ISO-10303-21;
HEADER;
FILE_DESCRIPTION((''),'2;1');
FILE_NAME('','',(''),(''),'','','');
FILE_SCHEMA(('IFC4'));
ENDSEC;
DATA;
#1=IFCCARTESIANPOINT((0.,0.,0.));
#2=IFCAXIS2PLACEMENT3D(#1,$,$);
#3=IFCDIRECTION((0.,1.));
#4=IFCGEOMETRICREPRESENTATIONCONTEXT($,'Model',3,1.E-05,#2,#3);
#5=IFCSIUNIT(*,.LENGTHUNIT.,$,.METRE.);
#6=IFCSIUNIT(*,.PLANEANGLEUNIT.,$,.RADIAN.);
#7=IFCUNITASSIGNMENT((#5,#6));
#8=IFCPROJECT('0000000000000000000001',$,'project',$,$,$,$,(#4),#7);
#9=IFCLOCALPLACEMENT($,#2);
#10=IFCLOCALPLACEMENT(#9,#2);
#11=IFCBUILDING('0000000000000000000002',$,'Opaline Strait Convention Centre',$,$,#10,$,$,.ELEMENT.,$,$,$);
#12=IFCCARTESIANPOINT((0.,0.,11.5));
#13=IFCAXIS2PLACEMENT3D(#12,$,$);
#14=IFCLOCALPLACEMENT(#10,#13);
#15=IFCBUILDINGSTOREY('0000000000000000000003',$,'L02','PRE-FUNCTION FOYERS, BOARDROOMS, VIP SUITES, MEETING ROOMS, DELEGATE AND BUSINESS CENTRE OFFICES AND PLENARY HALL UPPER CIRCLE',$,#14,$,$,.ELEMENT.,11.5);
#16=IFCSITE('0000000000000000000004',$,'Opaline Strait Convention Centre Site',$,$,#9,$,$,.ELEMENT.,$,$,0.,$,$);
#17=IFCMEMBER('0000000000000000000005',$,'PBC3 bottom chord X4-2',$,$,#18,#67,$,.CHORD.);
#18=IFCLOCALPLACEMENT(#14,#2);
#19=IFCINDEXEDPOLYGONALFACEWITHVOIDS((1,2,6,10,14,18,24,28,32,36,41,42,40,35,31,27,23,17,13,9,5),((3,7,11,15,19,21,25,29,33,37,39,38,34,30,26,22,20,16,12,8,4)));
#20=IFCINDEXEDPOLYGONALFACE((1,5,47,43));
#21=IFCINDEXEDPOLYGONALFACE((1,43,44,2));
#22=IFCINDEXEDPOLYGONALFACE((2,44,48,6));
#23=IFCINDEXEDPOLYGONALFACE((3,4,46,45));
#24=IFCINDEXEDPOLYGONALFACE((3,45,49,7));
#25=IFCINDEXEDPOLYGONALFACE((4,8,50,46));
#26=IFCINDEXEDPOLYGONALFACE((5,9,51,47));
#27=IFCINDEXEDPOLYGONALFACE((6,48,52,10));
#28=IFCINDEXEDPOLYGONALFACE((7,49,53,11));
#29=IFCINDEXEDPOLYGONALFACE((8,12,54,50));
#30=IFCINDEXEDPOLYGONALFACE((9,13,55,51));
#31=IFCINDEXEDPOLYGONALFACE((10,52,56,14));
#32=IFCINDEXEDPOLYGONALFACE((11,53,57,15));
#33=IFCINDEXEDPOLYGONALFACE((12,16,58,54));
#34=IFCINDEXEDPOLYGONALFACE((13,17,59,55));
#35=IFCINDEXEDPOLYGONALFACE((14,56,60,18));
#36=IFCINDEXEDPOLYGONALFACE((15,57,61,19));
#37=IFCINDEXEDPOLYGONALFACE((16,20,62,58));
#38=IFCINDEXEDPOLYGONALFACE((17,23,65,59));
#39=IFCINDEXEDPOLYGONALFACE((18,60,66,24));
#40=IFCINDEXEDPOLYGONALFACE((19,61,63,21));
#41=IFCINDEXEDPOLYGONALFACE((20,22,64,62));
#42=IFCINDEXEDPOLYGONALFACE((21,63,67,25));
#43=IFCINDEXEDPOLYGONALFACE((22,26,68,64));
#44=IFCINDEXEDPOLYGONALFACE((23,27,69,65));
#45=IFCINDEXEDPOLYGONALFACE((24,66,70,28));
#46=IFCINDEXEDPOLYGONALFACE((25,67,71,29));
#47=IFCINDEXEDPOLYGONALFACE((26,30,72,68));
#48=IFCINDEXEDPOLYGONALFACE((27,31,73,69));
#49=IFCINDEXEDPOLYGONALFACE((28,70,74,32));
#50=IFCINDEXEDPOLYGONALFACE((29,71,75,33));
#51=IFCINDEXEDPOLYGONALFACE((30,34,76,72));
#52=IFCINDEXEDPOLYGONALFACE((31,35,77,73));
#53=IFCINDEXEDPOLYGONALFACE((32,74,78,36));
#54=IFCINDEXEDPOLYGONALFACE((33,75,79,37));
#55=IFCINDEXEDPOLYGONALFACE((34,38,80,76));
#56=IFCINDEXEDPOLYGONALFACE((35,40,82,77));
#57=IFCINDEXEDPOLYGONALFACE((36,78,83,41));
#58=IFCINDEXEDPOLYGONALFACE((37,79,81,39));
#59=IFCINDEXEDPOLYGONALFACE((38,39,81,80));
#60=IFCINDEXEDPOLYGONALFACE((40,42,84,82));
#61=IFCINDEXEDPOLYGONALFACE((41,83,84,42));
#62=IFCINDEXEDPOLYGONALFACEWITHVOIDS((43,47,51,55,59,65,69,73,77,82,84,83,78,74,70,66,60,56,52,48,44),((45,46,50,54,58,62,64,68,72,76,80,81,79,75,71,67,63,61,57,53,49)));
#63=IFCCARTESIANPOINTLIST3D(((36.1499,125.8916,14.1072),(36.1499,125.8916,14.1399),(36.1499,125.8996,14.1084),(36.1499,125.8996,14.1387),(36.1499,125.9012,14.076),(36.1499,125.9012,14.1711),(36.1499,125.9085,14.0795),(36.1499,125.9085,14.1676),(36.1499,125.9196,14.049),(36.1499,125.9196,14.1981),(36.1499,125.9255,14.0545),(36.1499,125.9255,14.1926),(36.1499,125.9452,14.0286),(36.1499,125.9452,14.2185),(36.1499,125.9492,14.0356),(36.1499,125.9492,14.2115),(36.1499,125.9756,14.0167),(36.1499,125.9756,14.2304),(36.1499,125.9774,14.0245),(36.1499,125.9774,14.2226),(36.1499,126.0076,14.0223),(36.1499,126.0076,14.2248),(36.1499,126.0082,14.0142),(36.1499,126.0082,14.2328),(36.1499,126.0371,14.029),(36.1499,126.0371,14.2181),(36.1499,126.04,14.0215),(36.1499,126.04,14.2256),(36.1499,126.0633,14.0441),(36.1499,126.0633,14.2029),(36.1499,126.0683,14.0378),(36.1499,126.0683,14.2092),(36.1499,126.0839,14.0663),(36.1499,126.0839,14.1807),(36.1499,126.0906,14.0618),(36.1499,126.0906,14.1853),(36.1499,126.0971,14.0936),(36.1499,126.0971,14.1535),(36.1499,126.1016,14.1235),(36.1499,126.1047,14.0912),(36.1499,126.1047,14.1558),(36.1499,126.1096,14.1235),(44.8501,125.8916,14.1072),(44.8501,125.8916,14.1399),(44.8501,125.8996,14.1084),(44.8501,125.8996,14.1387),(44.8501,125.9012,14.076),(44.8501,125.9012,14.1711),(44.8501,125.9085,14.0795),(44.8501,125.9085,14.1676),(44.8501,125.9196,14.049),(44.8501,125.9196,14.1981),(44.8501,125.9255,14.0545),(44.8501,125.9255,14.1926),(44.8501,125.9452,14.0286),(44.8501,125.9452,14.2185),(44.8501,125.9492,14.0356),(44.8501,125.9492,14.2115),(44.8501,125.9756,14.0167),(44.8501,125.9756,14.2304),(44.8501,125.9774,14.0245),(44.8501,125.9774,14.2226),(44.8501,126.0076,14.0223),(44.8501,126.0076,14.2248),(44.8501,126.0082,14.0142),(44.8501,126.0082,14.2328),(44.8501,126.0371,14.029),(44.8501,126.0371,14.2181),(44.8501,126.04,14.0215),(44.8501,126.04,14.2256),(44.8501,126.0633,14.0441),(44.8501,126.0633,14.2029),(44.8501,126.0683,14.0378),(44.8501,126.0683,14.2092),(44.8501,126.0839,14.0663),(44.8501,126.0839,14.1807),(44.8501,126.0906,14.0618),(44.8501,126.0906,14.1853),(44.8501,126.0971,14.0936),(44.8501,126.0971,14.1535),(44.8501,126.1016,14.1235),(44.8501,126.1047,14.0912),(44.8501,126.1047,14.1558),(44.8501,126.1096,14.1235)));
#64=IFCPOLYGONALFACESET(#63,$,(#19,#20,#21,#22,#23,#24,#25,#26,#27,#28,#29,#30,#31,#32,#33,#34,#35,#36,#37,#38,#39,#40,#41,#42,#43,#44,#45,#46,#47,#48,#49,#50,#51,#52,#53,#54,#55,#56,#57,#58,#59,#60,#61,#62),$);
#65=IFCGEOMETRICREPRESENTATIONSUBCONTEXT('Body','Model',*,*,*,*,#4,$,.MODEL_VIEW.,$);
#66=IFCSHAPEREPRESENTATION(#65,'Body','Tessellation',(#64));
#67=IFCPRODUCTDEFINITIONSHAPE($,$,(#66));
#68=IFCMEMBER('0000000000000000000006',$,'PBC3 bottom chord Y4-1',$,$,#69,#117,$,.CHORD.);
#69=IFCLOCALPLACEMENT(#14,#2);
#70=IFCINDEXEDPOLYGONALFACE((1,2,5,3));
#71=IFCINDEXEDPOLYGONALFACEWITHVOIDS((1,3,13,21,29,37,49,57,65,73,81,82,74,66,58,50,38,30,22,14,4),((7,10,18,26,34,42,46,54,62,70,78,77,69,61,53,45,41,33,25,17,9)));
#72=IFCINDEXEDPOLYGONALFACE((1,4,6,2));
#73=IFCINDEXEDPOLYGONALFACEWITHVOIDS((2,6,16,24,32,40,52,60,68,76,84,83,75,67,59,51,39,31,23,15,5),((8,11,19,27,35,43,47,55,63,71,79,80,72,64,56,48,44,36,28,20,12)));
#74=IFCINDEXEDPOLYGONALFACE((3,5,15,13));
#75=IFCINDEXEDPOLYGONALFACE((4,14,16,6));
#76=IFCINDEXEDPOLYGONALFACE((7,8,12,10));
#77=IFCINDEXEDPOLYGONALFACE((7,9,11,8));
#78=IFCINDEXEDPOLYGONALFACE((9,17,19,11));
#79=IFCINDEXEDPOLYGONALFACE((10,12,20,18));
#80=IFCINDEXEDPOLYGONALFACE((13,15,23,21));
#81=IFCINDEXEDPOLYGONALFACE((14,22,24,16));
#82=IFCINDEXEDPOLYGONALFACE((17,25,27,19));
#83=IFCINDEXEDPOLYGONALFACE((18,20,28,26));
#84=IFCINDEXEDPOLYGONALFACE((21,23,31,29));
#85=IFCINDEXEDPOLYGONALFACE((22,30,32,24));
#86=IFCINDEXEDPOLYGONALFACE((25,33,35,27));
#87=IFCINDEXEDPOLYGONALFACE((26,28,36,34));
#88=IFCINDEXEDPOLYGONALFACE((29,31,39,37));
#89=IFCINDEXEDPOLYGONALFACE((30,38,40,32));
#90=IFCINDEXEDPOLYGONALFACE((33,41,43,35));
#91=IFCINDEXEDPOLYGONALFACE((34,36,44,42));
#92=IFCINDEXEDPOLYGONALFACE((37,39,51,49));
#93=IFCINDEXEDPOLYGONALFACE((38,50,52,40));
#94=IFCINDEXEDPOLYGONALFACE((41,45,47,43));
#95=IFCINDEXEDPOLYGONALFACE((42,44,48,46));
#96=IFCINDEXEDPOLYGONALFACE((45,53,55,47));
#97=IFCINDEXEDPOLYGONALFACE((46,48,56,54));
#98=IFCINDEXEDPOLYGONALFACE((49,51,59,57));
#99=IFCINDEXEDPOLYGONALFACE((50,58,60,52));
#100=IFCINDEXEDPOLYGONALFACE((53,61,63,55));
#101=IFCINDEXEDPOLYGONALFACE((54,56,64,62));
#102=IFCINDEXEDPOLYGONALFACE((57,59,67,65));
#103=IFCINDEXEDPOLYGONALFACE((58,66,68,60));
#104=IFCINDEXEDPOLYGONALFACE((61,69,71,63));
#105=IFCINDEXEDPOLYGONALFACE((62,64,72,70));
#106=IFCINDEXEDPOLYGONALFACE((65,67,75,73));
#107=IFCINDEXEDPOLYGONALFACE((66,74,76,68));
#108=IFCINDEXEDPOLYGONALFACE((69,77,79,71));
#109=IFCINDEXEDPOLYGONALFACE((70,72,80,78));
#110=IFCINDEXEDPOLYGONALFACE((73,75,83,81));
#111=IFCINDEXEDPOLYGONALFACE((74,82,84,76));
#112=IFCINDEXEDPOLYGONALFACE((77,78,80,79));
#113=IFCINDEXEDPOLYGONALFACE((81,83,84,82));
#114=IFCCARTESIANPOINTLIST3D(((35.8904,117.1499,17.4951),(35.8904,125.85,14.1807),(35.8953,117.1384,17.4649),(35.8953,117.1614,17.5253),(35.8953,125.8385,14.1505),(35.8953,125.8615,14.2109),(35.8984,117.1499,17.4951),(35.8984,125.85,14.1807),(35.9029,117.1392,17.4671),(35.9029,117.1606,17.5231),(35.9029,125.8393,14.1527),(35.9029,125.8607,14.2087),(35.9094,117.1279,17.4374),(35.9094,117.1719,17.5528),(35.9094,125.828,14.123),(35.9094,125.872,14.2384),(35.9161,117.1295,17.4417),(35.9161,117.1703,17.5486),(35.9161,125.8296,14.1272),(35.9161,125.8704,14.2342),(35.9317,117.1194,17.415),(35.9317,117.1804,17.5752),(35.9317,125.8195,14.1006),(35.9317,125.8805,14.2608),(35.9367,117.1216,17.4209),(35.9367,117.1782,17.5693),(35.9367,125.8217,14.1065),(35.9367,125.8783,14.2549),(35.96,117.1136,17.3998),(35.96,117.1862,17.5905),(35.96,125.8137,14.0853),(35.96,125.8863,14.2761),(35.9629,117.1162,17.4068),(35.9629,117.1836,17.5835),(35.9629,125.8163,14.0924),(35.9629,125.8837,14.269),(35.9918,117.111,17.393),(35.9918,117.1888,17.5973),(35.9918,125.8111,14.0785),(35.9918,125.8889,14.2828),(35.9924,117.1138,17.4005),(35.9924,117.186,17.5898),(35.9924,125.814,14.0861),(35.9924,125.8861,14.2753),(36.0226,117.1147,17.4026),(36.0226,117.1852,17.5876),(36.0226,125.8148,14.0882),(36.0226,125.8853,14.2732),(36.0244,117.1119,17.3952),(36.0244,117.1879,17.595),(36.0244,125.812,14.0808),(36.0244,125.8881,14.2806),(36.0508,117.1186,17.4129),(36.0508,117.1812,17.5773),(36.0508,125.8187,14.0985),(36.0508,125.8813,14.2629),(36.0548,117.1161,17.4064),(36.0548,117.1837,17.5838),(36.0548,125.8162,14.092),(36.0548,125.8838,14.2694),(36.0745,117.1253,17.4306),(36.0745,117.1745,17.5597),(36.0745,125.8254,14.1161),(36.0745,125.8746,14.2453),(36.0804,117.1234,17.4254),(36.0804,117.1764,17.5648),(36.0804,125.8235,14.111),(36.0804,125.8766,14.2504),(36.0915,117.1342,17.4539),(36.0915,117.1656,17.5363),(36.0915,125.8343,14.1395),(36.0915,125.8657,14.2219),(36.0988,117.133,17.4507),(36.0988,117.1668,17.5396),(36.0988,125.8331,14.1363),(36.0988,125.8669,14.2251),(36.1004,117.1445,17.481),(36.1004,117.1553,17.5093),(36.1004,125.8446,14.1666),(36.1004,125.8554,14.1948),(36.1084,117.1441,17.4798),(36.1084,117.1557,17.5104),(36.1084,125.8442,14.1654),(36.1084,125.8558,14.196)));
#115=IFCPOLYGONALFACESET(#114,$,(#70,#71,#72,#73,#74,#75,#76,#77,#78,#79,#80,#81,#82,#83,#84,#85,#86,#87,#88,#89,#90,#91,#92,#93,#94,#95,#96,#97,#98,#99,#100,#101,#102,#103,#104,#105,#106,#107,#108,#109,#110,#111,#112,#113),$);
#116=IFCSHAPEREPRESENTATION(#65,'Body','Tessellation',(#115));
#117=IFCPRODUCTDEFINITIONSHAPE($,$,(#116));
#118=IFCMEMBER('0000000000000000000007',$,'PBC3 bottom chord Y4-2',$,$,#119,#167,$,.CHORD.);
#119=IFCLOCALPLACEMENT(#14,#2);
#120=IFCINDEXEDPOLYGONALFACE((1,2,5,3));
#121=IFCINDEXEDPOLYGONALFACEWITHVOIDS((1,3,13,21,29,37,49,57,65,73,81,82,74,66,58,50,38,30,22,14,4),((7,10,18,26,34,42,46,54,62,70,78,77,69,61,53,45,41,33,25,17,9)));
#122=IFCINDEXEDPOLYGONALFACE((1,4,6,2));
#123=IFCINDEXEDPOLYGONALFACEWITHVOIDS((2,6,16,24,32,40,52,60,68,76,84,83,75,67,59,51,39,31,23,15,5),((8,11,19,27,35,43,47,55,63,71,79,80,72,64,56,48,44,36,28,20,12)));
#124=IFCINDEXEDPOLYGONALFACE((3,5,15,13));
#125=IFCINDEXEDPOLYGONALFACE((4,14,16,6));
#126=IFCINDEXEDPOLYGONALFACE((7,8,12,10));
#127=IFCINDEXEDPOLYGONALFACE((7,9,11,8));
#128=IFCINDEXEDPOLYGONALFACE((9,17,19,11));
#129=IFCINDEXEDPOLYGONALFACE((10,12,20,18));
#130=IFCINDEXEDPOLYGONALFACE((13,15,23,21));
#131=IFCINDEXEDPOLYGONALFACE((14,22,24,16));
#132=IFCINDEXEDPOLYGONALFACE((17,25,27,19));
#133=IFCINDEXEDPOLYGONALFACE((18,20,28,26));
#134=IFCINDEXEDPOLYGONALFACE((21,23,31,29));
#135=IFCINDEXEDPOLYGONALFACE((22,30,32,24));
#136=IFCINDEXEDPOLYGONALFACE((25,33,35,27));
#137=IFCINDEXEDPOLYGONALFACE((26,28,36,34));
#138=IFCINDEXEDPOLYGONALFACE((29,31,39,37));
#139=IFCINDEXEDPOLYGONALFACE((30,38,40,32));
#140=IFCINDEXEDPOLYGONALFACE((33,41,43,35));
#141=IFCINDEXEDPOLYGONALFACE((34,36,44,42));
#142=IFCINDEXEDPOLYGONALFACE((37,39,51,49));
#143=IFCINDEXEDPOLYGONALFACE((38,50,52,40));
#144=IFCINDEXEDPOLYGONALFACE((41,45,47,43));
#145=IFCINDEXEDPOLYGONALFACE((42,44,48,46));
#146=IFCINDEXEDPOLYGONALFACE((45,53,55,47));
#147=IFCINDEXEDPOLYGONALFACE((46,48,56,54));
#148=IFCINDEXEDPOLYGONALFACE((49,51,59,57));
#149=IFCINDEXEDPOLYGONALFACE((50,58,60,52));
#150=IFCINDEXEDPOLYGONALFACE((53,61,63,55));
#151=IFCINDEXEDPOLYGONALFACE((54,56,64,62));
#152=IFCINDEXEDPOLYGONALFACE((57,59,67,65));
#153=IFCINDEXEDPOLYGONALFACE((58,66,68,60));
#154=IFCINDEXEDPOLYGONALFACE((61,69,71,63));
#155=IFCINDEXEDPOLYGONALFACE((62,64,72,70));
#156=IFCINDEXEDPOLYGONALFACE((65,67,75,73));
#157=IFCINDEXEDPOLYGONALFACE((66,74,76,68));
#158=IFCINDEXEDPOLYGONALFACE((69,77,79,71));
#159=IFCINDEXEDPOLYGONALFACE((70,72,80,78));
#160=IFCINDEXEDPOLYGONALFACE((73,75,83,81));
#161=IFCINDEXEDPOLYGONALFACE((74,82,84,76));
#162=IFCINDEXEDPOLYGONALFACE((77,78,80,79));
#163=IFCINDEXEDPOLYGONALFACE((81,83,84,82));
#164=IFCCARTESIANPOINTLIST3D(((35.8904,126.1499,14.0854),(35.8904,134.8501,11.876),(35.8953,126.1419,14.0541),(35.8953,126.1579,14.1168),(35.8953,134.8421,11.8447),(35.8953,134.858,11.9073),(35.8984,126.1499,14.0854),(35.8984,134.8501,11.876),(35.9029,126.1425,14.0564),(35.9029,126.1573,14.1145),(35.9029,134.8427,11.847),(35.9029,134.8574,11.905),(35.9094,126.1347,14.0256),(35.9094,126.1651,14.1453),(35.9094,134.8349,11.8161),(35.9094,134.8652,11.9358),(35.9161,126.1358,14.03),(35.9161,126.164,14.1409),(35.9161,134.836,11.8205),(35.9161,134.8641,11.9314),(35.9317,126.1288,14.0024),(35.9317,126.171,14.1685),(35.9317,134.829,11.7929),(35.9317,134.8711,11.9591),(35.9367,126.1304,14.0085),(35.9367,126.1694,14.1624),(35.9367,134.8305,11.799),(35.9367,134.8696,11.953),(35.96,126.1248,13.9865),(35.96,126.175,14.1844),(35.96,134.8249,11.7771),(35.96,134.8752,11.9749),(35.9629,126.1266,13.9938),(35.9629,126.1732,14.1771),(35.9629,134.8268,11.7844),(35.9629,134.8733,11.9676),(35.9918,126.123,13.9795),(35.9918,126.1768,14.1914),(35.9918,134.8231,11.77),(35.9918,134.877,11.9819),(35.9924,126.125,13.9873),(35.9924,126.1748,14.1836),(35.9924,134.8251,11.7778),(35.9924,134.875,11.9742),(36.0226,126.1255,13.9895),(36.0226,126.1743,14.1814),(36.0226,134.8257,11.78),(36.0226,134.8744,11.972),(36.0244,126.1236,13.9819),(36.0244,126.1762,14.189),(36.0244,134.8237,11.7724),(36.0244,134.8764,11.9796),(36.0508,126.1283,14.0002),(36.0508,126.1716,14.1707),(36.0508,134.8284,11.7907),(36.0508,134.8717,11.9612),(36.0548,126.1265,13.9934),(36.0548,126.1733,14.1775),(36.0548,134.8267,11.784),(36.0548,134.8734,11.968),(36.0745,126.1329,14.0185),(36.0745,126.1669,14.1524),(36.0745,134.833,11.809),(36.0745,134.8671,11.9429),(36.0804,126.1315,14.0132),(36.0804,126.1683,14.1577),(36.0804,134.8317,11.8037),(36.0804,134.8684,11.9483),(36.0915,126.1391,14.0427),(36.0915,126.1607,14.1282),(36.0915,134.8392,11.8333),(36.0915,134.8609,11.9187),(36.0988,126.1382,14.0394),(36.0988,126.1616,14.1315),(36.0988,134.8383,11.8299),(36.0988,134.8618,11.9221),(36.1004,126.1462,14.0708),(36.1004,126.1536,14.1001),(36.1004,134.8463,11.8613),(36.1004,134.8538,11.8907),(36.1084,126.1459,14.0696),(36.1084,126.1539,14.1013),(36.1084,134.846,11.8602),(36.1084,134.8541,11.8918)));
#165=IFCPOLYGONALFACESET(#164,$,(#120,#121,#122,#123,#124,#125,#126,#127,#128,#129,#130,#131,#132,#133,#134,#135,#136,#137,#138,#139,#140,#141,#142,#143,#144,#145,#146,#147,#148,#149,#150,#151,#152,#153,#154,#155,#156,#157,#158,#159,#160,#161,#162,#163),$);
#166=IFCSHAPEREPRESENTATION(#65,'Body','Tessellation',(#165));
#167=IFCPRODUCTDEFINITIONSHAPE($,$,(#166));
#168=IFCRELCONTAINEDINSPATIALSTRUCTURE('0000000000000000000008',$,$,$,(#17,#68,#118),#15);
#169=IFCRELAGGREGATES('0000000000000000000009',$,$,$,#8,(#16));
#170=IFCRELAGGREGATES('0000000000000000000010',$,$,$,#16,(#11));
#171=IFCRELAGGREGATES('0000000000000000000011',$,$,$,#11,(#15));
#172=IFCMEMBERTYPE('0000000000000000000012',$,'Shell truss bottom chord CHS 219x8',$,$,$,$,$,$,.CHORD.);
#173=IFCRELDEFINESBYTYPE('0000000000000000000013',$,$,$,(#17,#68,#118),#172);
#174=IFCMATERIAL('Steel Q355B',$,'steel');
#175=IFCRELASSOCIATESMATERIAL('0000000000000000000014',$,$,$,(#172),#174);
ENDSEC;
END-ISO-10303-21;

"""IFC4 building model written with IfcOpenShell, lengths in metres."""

from ifc_helpers import new_model, si_unit, direction, frame, origin, origin_2d, place, context, subcontext, project, spatial, hollow_circle, extrude, material, material_profile, profile_set, type_object, element, save


model = new_model("IFC4")

# Units and contexts
model_context = context("Model", 3, precision=1e-05, world=origin(), true_north=direction((0.0, 1.0)))
body_context = subcontext(model_context, "Body", "Model", "MODEL_VIEW")
ifc_project = project(units=[si_unit("LENGTHUNIT", "METRE"), si_unit("PLANEANGLEUNIT", "RADIAN")], contexts=[model_context])

# Site, building, storey
site_placement = place(None, origin())
site = spatial("IfcSite", under=ifc_project, at=site_placement, Name="Opaline Strait Convention Centre Site", CompositionType="ELEMENT", RefElevation=0.0)
building_placement = place(site_placement, origin())
building = spatial("IfcBuilding", under=site, at=building_placement, Name="Opaline Strait Convention Centre", CompositionType="ELEMENT")
storey_placement = place(building_placement, frame((0.0, 0.0, 11.5)))
storey = spatial("IfcBuildingStorey", under=building, at=storey_placement, Name="L02", Description="PRE-FUNCTION FOYERS, BOARDROOMS, VIP SUITES, MEETING ROOMS, DELEGATE AND BUSINESS CENTRE OFFICES AND PLENARY HALL UPPER CIRCLE", CompositionType="ELEMENT", Elevation=11.5)

# Members
ifc_material_1 = material(Name="Steel Q355B", Category="steel")
ifc_material_profile_1 = material_profile(ifc_material_1, hollow_circle(Radius=0.1096, WallThickness=0.0081, at=origin_2d()), Name="CHS 219x8")
ifc_profile_set_1 = profile_set([ifc_material_profile_1], Name="Steel Q355B")
member_type_1 = type_object("IfcMemberType", Name="Shell truss bottom chord CHS 219x8", PredefinedType="CHORD", material=ifc_profile_set_1)
member_1_placement = place(storey_placement, frame((36.1499, 126.0, 14.1235), z_axis=(1.0, 0.0, 0.0), x_axis=(0.0, 1.0, 0.0)))
element("IfcMember", 1, at=member_1_placement, inside=storey, type_object=member_type_1, Name="PBC3 bottom chord X4-2", PredefinedType="CHORD", context=body_context, shape_type="SweptSolid", body=[
    extrude(hollow_circle(Radius=0.1096, WallThickness=0.0081, at=origin_2d()), origin(), (0.0, 0.0, 1.0), 8.7002),
])
member_2_placement = place(storey_placement, frame((36.0, 117.1499, 17.4951), z_axis=(0.0, 0.934484, -0.356004), x_axis=(-1.0, 0.0, 0.0)))
element("IfcMember", 2, at=member_2_placement, inside=storey, type_object=member_type_1, Name="PBC3 bottom chord Y4-1", PredefinedType="CHORD", context=body_context, shape_type="SweptSolid", body=[
    extrude(hollow_circle(Radius=0.1096, WallThickness=0.0081, at=origin_2d()), origin(), (0.0, 0.0, 1.0), 9.3101),
])
member_3_placement = place(storey_placement, frame((36.0, 126.1499, 14.0854), z_axis=(0.0, 0.969233, -0.246143), x_axis=(-1.0, 0.0, 0.0)))
element("IfcMember", 3, at=member_3_placement, inside=storey, type_object=member_type_1, Name="PBC3 bottom chord Y4-2", PredefinedType="CHORD", context=body_context, shape_type="SweptSolid", body=[
    extrude(hollow_circle(Radius=0.1096, WallThickness=0.0081, at=origin_2d()), origin(), (0.0, 0.0, 1.0), 8.9763),
])

save(model, "model.ifc")
